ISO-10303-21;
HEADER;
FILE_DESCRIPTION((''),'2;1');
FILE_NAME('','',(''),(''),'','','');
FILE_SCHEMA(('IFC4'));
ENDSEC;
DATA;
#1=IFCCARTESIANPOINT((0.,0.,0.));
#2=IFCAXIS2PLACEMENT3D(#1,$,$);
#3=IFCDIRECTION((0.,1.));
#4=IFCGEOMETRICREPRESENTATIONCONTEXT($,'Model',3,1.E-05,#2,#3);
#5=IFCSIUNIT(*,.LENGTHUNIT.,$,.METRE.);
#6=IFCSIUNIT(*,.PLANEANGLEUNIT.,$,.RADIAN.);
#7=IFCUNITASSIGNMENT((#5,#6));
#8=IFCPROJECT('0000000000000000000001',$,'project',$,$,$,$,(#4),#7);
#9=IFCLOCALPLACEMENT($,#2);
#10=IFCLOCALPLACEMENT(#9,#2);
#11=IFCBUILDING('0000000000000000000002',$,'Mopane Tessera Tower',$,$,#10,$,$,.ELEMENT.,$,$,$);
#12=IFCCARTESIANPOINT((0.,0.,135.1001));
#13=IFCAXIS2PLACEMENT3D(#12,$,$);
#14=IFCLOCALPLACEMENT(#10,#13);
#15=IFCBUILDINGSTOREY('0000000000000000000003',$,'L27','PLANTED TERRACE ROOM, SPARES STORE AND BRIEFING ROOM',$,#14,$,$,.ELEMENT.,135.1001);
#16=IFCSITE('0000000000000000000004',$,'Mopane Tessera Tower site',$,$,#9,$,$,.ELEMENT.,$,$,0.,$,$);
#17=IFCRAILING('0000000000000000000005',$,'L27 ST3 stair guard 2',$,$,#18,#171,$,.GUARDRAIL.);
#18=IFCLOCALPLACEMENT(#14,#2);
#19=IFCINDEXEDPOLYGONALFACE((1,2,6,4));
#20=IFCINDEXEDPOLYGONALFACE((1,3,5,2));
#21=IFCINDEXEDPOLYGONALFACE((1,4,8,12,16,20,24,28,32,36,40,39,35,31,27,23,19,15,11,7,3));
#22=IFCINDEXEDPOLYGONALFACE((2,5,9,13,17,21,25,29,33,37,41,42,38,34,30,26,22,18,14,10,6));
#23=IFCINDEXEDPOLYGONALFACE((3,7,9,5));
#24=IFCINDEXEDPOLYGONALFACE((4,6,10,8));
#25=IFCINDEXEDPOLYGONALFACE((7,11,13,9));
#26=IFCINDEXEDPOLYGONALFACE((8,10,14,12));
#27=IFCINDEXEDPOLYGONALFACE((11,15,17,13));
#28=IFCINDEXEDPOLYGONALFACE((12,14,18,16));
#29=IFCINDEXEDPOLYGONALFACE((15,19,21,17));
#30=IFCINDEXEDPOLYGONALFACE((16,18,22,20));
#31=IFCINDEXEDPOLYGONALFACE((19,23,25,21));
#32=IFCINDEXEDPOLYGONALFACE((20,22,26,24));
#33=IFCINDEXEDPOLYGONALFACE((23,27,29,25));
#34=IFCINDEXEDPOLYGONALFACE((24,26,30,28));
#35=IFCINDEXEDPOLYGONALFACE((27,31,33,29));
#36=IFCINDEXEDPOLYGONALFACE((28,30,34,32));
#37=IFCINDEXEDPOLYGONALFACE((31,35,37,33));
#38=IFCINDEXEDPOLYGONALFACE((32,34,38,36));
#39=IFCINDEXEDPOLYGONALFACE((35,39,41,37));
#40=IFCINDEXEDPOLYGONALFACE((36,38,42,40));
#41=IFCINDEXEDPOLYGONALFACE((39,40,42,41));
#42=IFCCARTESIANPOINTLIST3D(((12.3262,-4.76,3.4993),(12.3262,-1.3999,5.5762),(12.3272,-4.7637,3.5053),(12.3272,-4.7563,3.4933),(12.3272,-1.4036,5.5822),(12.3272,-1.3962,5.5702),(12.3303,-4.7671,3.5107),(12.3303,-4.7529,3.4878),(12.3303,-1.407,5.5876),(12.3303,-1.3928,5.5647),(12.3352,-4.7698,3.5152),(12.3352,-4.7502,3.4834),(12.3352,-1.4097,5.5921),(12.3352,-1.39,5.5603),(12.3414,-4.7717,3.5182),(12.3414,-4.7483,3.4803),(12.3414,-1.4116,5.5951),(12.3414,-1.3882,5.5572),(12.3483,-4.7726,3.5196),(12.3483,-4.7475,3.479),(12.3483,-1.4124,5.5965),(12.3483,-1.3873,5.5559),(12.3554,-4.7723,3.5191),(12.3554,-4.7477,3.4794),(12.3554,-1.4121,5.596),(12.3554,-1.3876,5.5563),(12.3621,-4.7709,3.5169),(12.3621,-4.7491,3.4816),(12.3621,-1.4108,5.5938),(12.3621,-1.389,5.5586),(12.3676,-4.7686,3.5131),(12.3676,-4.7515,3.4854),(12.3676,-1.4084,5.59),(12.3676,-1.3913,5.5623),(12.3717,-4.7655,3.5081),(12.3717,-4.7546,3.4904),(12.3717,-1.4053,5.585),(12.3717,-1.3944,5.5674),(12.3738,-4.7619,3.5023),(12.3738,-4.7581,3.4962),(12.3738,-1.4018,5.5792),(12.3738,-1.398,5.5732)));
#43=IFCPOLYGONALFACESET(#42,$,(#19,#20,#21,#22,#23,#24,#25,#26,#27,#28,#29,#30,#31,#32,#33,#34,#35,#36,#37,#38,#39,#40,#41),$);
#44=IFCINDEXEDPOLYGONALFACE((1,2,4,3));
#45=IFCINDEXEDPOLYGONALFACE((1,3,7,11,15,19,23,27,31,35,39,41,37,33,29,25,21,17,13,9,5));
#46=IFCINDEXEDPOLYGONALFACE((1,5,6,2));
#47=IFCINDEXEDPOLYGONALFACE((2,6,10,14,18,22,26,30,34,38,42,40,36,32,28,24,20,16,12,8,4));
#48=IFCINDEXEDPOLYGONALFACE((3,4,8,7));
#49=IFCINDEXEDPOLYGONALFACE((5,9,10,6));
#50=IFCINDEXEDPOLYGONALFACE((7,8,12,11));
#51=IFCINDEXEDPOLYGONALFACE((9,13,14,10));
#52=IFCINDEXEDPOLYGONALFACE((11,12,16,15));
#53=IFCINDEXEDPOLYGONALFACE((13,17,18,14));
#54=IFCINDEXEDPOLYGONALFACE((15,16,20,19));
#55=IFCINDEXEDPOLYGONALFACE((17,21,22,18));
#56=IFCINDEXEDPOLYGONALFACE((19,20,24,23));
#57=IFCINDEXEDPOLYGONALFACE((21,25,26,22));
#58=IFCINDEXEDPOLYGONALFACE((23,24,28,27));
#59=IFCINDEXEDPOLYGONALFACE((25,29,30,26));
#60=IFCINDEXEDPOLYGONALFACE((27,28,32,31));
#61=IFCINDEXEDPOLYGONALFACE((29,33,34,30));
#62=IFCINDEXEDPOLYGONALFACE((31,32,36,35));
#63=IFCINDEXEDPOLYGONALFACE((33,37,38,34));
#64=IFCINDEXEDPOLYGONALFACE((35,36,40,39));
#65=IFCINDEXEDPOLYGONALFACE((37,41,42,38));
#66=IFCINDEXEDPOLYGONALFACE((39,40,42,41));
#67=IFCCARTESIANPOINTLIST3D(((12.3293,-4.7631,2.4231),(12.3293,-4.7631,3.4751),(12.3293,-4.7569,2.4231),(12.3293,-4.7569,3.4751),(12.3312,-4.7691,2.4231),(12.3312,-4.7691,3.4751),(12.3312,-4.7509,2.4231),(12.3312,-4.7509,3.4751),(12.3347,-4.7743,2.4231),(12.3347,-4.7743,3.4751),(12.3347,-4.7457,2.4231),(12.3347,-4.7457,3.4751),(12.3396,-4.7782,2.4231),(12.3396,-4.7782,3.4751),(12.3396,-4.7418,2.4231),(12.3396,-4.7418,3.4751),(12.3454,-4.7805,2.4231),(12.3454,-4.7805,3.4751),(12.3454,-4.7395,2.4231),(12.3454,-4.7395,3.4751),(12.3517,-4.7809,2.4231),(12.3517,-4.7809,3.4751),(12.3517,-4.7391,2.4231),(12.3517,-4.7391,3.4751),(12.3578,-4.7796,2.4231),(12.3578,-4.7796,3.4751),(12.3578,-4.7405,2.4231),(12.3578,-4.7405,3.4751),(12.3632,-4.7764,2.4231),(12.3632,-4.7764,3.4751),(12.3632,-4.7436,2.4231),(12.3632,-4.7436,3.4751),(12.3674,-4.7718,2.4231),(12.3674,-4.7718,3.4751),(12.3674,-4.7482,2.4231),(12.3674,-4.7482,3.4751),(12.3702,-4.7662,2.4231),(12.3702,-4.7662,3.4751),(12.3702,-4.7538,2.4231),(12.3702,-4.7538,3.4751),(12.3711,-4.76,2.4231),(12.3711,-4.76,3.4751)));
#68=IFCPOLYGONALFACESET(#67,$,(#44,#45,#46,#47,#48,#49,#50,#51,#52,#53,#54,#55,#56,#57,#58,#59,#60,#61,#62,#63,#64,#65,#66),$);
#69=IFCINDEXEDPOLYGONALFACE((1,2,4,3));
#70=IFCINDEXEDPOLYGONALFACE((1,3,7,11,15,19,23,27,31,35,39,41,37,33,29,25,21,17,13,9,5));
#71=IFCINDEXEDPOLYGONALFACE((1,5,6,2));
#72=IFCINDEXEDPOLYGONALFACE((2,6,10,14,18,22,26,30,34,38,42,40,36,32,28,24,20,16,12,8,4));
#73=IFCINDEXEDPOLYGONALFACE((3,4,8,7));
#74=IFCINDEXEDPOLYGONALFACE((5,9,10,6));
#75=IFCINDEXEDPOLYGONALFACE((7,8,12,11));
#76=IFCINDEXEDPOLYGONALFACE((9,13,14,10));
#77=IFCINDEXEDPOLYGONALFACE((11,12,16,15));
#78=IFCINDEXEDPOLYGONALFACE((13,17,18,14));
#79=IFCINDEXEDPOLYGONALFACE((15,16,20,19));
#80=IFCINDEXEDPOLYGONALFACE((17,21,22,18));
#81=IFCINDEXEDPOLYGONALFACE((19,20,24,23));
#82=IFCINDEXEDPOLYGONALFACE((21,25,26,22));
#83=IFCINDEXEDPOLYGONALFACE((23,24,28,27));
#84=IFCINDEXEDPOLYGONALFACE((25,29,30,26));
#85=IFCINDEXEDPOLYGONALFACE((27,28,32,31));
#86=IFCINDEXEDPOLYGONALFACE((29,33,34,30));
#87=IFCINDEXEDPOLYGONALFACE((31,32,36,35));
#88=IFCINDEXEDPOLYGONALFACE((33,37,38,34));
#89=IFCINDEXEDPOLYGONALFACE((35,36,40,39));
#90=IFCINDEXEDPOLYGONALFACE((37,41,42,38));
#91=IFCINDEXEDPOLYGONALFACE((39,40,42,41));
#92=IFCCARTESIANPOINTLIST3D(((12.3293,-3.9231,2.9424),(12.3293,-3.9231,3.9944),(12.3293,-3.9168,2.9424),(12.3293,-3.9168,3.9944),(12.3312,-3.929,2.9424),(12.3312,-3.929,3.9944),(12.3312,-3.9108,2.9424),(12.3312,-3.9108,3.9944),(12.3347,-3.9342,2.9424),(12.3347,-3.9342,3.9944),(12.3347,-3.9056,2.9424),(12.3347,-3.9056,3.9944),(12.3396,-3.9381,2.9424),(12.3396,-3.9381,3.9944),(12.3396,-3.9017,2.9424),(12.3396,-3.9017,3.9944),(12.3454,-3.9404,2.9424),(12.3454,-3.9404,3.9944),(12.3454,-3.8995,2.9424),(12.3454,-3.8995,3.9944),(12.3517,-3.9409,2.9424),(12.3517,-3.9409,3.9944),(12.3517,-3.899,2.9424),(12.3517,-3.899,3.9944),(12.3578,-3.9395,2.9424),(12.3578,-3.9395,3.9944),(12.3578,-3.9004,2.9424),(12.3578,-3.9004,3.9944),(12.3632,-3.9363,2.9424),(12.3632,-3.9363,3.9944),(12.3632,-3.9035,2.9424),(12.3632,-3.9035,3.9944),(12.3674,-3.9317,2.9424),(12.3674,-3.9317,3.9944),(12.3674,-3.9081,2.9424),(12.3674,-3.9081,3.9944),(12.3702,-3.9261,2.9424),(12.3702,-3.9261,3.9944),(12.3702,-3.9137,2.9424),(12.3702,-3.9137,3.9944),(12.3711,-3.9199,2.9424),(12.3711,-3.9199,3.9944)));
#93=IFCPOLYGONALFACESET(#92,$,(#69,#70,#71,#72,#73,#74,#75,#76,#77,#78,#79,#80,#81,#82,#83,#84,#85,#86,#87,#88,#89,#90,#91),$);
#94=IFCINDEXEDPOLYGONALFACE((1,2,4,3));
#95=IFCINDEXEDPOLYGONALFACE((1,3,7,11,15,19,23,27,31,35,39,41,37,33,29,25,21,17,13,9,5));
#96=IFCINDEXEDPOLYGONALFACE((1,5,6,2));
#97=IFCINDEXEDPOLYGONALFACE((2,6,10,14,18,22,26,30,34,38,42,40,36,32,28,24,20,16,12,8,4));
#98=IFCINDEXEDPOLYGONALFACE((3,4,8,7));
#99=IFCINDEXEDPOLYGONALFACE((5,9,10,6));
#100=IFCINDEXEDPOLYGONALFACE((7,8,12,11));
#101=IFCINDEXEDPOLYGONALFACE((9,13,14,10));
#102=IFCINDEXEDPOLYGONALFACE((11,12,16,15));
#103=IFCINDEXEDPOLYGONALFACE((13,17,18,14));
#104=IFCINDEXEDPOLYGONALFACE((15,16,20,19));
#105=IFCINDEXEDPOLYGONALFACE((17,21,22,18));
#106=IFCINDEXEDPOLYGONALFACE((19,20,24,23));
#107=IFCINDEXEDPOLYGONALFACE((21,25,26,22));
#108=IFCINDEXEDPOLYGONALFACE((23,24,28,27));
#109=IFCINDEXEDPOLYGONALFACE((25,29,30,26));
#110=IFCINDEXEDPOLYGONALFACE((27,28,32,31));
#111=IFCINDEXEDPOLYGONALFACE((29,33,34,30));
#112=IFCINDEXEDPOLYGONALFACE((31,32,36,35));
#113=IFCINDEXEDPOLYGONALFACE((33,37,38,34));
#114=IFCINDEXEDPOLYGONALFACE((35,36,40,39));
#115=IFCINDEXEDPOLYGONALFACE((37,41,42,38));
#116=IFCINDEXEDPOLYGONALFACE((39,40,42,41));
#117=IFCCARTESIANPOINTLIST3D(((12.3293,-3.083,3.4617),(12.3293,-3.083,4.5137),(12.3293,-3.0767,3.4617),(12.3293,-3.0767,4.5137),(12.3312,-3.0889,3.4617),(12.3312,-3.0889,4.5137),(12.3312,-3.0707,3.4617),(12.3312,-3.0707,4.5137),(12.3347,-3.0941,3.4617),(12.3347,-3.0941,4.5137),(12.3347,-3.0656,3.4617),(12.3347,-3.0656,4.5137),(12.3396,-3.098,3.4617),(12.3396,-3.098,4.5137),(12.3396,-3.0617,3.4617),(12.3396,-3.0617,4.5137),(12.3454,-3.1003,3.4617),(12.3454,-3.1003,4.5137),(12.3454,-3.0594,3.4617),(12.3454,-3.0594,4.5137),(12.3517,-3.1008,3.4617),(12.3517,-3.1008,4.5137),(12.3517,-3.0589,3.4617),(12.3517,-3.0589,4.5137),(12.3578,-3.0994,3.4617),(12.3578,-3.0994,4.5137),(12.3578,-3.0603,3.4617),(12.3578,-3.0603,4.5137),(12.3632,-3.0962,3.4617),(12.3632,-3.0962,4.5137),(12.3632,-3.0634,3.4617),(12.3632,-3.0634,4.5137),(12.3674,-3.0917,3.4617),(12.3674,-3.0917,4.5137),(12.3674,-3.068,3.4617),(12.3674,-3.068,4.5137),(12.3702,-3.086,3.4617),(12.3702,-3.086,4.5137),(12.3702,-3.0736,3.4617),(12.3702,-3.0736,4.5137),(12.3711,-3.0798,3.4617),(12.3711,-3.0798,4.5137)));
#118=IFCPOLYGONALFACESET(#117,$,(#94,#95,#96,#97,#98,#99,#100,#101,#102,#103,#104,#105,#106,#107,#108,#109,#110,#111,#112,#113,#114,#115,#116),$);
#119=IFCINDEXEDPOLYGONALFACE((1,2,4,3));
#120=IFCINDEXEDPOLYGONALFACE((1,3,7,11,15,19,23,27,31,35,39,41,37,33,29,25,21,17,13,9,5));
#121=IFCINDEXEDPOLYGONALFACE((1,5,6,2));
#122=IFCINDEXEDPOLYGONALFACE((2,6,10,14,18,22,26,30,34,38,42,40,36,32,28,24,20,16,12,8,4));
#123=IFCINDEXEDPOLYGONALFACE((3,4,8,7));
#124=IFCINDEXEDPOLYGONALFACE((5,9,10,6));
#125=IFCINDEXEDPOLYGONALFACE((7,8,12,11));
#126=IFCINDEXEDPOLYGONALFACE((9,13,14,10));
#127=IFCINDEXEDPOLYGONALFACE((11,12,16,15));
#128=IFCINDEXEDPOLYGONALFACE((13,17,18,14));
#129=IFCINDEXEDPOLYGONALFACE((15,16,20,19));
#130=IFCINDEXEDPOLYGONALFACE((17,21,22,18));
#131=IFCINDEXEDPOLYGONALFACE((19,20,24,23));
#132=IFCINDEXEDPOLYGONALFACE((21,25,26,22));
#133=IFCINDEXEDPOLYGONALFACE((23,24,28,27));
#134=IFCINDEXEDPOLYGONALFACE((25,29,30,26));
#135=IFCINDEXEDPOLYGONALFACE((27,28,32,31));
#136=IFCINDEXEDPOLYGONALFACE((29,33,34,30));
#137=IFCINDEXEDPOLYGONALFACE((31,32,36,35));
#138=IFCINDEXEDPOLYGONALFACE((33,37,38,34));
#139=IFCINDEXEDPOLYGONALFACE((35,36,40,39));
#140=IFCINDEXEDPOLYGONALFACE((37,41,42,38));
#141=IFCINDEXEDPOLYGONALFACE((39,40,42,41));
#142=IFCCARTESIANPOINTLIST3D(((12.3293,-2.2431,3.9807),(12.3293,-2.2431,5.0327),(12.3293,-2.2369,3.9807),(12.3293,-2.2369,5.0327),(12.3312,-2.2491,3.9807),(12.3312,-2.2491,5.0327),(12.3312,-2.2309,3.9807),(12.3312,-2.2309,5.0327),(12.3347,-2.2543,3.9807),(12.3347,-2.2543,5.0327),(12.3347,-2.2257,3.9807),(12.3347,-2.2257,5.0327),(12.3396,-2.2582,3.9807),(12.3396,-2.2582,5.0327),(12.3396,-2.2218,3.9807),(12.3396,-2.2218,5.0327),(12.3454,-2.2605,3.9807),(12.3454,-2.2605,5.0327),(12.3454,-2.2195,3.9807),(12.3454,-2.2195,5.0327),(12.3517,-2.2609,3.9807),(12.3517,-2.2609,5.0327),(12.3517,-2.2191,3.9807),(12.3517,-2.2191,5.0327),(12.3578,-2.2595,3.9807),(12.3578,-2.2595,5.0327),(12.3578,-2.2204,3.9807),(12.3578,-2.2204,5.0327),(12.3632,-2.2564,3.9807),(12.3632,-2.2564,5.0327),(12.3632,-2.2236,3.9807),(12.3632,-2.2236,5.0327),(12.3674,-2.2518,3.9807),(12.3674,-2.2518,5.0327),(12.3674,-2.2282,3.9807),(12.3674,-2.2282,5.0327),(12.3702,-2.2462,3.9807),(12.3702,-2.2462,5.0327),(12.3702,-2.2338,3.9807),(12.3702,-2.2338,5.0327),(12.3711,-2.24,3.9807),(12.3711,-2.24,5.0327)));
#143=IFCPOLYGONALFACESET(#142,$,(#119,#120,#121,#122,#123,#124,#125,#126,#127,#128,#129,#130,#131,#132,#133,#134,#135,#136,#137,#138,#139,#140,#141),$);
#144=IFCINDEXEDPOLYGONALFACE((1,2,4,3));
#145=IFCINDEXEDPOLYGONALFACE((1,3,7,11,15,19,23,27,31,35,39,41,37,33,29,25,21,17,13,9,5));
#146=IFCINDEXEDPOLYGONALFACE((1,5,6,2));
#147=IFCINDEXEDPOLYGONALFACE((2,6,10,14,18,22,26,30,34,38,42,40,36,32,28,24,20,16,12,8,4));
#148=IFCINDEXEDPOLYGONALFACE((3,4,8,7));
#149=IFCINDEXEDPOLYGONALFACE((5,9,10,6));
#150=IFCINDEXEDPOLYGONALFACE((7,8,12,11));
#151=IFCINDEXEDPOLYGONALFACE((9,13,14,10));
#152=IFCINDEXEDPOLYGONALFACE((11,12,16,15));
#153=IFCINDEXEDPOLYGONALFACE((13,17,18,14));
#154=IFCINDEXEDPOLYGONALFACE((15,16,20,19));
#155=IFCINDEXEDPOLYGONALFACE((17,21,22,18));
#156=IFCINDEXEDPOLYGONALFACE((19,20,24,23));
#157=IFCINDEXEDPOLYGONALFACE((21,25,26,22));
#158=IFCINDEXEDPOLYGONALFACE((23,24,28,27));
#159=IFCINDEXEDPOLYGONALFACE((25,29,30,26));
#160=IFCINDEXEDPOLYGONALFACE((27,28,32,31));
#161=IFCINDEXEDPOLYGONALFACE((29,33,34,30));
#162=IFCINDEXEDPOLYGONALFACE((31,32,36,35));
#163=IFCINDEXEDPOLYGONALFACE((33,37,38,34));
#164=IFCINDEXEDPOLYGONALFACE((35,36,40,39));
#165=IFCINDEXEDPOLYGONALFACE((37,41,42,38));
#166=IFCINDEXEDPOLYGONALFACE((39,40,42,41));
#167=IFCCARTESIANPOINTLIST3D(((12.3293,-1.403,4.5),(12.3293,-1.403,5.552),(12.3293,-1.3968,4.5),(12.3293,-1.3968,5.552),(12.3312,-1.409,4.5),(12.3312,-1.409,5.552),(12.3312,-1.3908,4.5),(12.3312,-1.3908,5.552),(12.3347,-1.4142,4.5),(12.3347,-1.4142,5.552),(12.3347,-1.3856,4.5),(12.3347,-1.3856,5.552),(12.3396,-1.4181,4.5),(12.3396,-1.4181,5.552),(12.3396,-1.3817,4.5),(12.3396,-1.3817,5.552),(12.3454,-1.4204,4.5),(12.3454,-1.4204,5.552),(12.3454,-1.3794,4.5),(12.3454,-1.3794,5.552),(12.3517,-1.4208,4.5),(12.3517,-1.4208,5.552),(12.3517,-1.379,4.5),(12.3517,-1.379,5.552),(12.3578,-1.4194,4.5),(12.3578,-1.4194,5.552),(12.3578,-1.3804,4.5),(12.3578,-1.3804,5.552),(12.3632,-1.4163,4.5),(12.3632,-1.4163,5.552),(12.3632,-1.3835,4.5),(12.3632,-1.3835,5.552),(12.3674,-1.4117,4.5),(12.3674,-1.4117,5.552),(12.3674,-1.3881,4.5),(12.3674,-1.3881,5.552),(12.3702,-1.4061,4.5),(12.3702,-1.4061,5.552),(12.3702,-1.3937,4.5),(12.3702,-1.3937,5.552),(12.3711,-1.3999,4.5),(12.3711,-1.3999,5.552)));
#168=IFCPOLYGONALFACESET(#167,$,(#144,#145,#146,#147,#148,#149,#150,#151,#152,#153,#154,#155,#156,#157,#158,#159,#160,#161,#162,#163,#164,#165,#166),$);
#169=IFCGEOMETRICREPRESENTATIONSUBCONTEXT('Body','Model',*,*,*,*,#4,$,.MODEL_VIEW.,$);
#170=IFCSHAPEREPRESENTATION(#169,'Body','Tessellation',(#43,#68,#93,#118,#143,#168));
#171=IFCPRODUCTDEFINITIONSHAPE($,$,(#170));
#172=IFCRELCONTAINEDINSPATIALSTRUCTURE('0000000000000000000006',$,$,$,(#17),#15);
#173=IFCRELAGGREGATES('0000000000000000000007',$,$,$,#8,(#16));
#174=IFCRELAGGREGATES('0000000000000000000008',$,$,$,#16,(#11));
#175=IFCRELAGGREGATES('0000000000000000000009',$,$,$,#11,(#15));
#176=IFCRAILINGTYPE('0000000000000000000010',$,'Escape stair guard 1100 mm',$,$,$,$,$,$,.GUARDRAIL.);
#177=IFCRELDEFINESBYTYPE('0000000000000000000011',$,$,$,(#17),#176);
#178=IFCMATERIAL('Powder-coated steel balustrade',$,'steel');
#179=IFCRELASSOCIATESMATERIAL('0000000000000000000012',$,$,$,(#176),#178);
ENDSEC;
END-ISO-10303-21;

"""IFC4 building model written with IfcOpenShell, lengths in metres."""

from ifc_helpers import new_model, si_unit, direction, frame, origin, origin_2d, place, context, subcontext, project, spatial, circle, extrude, material, type_object, element, save


model = new_model("IFC4")

# Units and contexts
model_context = context("Model", 3, precision=1e-05, world=origin(), true_north=direction((0.0, 1.0)))
body_context = subcontext(model_context, "Body", "Model", "MODEL_VIEW")
ifc_project = project(units=[si_unit("LENGTHUNIT", "METRE"), si_unit("PLANEANGLEUNIT", "RADIAN")], contexts=[model_context])

# Site, building, storey
site_placement = place(None, origin())
site = spatial("IfcSite", under=ifc_project, at=site_placement, Name="Mopane Tessera Tower site", CompositionType="ELEMENT", RefElevation=0.0)
building_placement = place(site_placement, origin())
building = spatial("IfcBuilding", under=site, at=building_placement, Name="Mopane Tessera Tower", CompositionType="ELEMENT")
storey_placement = place(building_placement, frame((0.0, 0.0, 135.1001)))
storey = spatial("IfcBuildingStorey", under=building, at=storey_placement, Name="L27", Description="PLANTED TERRACE ROOM, SPARES STORE AND BRIEFING ROOM", CompositionType="ELEMENT", Elevation=135.1001)

# Railing
ifc_material_1 = material(Name="Powder-coated steel balustrade", Category="steel")
railing_type_1 = type_object("IfcRailingType", Name="Escape stair guard 1100 mm", PredefinedType="GUARDRAIL", material=ifc_material_1)
railing_1_placement = place(storey_placement, frame((12.3501, -4.76, 2.4231)))
element("IfcRailing", 1, at=railing_1_placement, inside=storey, type_object=railing_type_1, Name="L27 ST3 stair guard 2", PredefinedType="GUARDRAIL", context=body_context, shape_type="SweptSolid", body=[
    extrude(circle(Radius=0.0239, at=origin_2d()), frame((0.0, 0.0, 1.0762), z_axis=(0.0, 0.850623, 0.525776), x_axis=(-1.0, 0.0, 0.0)), (0.0, 0.0, 1.0), 3.9502),
    extrude(circle(Radius=0.021, at=origin_2d()), origin(), (0.0, 0.0, 1.0), 1.052),
    extrude(circle(Radius=0.021, at=origin_2d()), frame((0.0, 0.8401, 0.5193)), (0.0, 0.0, 1.0), 1.052),
    extrude(circle(Radius=0.021, at=origin_2d()), frame((0.0, 1.6802, 1.0386)), (0.0, 0.0, 1.0), 1.052),
    extrude(circle(Radius=0.021, at=origin_2d()), frame((0.0, 2.52, 1.5576)), (0.0, 0.0, 1.0), 1.052),
    extrude(circle(Radius=0.021, at=origin_2d()), frame((0.0, 3.3601, 2.0769)), (0.0, 0.0, 1.0), 1.052),
])

save(model, "model.ifc")
